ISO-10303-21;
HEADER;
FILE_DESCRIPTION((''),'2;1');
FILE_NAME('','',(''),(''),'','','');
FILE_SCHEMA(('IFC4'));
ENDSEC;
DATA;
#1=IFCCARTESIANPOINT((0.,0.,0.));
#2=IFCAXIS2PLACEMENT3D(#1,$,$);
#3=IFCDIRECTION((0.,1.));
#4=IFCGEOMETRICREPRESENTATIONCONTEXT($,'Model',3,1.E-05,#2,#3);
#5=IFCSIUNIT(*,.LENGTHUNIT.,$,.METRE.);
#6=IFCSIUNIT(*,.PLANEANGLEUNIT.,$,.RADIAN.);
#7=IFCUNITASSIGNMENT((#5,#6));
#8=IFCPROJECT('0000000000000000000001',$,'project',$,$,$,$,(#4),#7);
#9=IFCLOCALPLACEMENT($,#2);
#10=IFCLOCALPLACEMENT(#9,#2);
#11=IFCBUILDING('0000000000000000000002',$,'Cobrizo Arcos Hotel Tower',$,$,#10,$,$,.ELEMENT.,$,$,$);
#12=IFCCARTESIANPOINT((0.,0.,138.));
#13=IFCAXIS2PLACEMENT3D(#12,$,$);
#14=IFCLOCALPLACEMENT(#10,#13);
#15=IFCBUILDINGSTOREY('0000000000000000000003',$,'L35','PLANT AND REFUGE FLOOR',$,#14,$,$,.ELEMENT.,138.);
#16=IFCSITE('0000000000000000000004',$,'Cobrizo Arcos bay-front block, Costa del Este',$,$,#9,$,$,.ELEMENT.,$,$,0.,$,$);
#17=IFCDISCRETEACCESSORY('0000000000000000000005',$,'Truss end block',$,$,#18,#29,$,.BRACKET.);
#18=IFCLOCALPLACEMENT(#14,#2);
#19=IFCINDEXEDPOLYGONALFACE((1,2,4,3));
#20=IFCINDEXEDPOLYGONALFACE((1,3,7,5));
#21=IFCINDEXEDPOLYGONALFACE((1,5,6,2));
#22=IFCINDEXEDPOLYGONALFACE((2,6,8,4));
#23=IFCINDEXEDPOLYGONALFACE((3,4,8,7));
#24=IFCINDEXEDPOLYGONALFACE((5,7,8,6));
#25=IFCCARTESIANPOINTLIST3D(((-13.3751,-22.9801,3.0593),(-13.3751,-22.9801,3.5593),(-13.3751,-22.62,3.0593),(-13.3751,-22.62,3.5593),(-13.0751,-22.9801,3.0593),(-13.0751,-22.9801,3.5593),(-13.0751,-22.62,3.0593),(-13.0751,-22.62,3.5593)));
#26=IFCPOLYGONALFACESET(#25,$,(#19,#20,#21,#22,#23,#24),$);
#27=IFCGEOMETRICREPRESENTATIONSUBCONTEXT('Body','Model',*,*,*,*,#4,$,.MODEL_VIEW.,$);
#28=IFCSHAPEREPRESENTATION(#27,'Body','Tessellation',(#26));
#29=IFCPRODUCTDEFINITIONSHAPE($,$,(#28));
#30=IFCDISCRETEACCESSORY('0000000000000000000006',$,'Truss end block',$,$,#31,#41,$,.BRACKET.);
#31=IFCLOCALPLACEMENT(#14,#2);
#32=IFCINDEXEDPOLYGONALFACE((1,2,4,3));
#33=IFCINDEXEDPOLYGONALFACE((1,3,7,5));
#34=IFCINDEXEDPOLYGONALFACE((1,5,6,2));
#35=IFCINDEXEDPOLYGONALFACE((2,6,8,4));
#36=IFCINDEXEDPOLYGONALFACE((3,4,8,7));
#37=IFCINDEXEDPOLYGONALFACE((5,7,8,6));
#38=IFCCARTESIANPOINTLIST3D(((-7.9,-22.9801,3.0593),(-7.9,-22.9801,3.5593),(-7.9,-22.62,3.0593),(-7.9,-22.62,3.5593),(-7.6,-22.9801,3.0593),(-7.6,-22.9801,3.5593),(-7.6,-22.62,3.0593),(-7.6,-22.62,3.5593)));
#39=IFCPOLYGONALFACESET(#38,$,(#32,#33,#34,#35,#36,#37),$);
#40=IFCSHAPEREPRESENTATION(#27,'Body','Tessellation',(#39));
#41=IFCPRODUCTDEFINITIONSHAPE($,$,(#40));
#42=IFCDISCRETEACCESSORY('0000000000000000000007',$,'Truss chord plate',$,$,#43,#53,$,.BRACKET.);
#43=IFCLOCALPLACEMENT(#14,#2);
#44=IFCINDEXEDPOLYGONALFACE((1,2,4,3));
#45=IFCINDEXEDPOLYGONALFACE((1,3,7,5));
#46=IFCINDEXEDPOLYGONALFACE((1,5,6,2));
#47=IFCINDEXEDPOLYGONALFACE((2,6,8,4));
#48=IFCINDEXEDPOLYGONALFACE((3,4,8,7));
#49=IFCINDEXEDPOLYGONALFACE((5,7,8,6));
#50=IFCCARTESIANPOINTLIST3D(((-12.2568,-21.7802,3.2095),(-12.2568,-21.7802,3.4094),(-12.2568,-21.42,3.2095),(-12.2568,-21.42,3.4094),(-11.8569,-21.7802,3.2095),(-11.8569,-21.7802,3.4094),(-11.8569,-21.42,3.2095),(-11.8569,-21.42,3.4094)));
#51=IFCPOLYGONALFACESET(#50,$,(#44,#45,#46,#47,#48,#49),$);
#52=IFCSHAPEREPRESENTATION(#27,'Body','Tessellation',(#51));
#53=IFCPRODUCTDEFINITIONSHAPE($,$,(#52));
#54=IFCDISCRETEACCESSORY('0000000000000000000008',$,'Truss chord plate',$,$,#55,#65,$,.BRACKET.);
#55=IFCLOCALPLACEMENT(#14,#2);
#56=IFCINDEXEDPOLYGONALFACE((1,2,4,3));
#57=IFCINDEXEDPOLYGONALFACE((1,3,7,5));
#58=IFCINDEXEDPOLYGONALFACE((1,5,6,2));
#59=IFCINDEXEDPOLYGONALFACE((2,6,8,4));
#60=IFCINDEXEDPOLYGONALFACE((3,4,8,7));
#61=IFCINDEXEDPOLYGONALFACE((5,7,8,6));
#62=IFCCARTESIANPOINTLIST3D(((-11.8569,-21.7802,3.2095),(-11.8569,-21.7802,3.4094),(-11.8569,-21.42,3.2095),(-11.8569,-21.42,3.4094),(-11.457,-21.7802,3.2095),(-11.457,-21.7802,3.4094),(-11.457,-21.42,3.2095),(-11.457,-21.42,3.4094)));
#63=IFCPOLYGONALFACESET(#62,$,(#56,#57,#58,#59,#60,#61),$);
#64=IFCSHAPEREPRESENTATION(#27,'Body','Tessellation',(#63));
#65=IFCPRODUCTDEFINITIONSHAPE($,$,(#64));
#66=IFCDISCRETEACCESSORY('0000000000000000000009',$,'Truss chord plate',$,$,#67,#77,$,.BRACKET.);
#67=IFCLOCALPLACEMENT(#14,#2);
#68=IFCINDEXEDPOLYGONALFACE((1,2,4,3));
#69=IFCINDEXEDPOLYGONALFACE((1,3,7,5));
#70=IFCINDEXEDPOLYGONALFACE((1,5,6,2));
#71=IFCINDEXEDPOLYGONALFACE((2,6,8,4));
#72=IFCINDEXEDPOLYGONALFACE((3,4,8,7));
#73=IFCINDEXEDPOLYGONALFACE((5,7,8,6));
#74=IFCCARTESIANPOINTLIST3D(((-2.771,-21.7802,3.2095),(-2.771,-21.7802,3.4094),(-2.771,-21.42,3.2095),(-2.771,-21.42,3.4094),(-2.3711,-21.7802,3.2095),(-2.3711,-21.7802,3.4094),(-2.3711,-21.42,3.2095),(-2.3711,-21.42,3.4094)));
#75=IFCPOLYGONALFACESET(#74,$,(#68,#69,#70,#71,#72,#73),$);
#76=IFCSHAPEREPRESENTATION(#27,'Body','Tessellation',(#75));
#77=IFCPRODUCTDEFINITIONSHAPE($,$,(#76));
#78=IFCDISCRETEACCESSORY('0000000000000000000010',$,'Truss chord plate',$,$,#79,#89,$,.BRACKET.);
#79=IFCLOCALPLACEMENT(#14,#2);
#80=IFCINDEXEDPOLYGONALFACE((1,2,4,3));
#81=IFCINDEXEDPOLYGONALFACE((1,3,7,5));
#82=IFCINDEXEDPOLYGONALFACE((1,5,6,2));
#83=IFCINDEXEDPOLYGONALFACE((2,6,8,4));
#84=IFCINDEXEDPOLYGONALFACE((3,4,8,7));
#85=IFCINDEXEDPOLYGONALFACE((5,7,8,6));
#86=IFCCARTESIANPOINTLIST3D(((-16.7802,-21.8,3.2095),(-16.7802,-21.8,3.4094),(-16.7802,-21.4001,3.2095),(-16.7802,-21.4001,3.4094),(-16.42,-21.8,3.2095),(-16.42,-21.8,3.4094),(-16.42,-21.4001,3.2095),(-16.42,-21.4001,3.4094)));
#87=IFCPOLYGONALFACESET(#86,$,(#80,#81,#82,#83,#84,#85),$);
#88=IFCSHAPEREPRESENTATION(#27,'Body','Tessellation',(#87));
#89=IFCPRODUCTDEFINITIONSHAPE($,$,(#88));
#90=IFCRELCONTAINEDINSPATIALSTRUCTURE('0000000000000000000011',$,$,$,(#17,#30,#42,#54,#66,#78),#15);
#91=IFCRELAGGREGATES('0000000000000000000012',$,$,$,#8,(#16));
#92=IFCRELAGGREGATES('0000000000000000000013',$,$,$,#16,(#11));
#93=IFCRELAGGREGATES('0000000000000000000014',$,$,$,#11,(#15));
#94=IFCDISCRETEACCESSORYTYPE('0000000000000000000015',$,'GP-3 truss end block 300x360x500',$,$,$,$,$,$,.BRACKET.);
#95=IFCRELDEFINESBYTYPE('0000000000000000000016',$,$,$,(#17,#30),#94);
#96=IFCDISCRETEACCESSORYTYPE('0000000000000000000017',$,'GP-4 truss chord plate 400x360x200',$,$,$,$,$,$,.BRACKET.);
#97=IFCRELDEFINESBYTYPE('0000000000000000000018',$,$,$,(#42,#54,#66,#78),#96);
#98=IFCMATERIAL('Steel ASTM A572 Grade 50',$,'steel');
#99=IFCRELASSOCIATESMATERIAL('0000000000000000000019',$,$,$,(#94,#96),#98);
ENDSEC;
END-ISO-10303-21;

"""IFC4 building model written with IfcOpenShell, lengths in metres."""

from ifc_helpers import new_model, si_unit, direction, frame, origin, origin_2d, place, context, subcontext, project, spatial, rectangle, extrude, material, type_object, element, save


model = new_model("IFC4")

# Units and contexts
model_context = context("Model", 3, precision=1e-05, world=origin(), true_north=direction((0.0, 1.0)))
body_context = subcontext(model_context, "Body", "Model", "MODEL_VIEW")
ifc_project = project(units=[si_unit("LENGTHUNIT", "METRE"), si_unit("PLANEANGLEUNIT", "RADIAN")], contexts=[model_context])

# Site, building, storey
site_placement = place(None, origin())
site = spatial("IfcSite", under=ifc_project, at=site_placement, Name="Cobrizo Arcos bay-front block, Costa del Este", CompositionType="ELEMENT", RefElevation=0.0)
building_placement = place(site_placement, origin())
building = spatial("IfcBuilding", under=site, at=building_placement, Name="Cobrizo Arcos Hotel Tower", CompositionType="ELEMENT")
storey_placement = place(building_placement, frame((0.0, 0.0, 138.0)))
storey = spatial("IfcBuildingStorey", under=building, at=storey_placement, Name="L35", Description="PLANT AND REFUGE FLOOR", CompositionType="ELEMENT", Elevation=138.0)

# Discrete accessories
ifc_material_1 = material(Name="Steel ASTM A572 Grade 50", Category="steel")
discrete_accessory_type_1 = type_object("IfcDiscreteAccessoryType", Name="GP-3 truss end block 300x360x500", PredefinedType="BRACKET", material=ifc_material_1)
for number, where, z_axis, x_axis, name in (
    (1, (-13.2251, -22.8, 3.0593), (0.0, 0.0, 1.0), (1.0, 0.0, 0.0), "Truss end block"),
    (2, (-7.75, -22.8, 3.0593), (0.0, 0.0, 1.0), (1.0, 0.0, 0.0), "Truss end block"),
):
    element("IfcDiscreteAccessory", number, at=place(storey_placement, frame(where, z_axis=z_axis, x_axis=x_axis)), inside=storey, type_object=discrete_accessory_type_1, Name=name, PredefinedType="BRACKET", context=body_context, shape_type="SweptSolid", body=[
        extrude(rectangle(XDim=0.3, YDim=0.3601, at=origin_2d()), origin(), (0.0, 0.0, 1.0), 0.5),
    ])
discrete_accessory_type_2 = type_object("IfcDiscreteAccessoryType", Name="GP-4 truss chord plate 400x360x200", PredefinedType="BRACKET", material=ifc_material_1)
for number, where, z_axis, x_axis, name in (
    (3, (-12.0569, -21.6001, 3.2095), (0.0, 0.0, 1.0), (1.0, 0.0, 0.0), "Truss chord plate"),
    (4, (-11.657, -21.6001, 3.2095), (0.0, 0.0, 1.0), (1.0, 0.0, 0.0), "Truss chord plate"),
    (5, (-2.571, -21.6001, 3.2095), (0.0, 0.0, 1.0), (1.0, 0.0, 0.0), "Truss chord plate"),
    (6, (-16.6001, -21.6001, 3.2095), (0.0, 0.0, 1.0), (0.0, -1.0, 0.0), "Truss chord plate"),
):
    element("IfcDiscreteAccessory", number, at=place(storey_placement, frame(where, z_axis=z_axis, x_axis=x_axis)), inside=storey, type_object=discrete_accessory_type_2, Name=name, PredefinedType="BRACKET", context=body_context, shape_type="SweptSolid", body=[
        extrude(rectangle(XDim=0.3999, YDim=0.3601, at=origin_2d()), origin(), (0.0, 0.0, 1.0), 0.2),
    ])

save(model, "model.ifc")
